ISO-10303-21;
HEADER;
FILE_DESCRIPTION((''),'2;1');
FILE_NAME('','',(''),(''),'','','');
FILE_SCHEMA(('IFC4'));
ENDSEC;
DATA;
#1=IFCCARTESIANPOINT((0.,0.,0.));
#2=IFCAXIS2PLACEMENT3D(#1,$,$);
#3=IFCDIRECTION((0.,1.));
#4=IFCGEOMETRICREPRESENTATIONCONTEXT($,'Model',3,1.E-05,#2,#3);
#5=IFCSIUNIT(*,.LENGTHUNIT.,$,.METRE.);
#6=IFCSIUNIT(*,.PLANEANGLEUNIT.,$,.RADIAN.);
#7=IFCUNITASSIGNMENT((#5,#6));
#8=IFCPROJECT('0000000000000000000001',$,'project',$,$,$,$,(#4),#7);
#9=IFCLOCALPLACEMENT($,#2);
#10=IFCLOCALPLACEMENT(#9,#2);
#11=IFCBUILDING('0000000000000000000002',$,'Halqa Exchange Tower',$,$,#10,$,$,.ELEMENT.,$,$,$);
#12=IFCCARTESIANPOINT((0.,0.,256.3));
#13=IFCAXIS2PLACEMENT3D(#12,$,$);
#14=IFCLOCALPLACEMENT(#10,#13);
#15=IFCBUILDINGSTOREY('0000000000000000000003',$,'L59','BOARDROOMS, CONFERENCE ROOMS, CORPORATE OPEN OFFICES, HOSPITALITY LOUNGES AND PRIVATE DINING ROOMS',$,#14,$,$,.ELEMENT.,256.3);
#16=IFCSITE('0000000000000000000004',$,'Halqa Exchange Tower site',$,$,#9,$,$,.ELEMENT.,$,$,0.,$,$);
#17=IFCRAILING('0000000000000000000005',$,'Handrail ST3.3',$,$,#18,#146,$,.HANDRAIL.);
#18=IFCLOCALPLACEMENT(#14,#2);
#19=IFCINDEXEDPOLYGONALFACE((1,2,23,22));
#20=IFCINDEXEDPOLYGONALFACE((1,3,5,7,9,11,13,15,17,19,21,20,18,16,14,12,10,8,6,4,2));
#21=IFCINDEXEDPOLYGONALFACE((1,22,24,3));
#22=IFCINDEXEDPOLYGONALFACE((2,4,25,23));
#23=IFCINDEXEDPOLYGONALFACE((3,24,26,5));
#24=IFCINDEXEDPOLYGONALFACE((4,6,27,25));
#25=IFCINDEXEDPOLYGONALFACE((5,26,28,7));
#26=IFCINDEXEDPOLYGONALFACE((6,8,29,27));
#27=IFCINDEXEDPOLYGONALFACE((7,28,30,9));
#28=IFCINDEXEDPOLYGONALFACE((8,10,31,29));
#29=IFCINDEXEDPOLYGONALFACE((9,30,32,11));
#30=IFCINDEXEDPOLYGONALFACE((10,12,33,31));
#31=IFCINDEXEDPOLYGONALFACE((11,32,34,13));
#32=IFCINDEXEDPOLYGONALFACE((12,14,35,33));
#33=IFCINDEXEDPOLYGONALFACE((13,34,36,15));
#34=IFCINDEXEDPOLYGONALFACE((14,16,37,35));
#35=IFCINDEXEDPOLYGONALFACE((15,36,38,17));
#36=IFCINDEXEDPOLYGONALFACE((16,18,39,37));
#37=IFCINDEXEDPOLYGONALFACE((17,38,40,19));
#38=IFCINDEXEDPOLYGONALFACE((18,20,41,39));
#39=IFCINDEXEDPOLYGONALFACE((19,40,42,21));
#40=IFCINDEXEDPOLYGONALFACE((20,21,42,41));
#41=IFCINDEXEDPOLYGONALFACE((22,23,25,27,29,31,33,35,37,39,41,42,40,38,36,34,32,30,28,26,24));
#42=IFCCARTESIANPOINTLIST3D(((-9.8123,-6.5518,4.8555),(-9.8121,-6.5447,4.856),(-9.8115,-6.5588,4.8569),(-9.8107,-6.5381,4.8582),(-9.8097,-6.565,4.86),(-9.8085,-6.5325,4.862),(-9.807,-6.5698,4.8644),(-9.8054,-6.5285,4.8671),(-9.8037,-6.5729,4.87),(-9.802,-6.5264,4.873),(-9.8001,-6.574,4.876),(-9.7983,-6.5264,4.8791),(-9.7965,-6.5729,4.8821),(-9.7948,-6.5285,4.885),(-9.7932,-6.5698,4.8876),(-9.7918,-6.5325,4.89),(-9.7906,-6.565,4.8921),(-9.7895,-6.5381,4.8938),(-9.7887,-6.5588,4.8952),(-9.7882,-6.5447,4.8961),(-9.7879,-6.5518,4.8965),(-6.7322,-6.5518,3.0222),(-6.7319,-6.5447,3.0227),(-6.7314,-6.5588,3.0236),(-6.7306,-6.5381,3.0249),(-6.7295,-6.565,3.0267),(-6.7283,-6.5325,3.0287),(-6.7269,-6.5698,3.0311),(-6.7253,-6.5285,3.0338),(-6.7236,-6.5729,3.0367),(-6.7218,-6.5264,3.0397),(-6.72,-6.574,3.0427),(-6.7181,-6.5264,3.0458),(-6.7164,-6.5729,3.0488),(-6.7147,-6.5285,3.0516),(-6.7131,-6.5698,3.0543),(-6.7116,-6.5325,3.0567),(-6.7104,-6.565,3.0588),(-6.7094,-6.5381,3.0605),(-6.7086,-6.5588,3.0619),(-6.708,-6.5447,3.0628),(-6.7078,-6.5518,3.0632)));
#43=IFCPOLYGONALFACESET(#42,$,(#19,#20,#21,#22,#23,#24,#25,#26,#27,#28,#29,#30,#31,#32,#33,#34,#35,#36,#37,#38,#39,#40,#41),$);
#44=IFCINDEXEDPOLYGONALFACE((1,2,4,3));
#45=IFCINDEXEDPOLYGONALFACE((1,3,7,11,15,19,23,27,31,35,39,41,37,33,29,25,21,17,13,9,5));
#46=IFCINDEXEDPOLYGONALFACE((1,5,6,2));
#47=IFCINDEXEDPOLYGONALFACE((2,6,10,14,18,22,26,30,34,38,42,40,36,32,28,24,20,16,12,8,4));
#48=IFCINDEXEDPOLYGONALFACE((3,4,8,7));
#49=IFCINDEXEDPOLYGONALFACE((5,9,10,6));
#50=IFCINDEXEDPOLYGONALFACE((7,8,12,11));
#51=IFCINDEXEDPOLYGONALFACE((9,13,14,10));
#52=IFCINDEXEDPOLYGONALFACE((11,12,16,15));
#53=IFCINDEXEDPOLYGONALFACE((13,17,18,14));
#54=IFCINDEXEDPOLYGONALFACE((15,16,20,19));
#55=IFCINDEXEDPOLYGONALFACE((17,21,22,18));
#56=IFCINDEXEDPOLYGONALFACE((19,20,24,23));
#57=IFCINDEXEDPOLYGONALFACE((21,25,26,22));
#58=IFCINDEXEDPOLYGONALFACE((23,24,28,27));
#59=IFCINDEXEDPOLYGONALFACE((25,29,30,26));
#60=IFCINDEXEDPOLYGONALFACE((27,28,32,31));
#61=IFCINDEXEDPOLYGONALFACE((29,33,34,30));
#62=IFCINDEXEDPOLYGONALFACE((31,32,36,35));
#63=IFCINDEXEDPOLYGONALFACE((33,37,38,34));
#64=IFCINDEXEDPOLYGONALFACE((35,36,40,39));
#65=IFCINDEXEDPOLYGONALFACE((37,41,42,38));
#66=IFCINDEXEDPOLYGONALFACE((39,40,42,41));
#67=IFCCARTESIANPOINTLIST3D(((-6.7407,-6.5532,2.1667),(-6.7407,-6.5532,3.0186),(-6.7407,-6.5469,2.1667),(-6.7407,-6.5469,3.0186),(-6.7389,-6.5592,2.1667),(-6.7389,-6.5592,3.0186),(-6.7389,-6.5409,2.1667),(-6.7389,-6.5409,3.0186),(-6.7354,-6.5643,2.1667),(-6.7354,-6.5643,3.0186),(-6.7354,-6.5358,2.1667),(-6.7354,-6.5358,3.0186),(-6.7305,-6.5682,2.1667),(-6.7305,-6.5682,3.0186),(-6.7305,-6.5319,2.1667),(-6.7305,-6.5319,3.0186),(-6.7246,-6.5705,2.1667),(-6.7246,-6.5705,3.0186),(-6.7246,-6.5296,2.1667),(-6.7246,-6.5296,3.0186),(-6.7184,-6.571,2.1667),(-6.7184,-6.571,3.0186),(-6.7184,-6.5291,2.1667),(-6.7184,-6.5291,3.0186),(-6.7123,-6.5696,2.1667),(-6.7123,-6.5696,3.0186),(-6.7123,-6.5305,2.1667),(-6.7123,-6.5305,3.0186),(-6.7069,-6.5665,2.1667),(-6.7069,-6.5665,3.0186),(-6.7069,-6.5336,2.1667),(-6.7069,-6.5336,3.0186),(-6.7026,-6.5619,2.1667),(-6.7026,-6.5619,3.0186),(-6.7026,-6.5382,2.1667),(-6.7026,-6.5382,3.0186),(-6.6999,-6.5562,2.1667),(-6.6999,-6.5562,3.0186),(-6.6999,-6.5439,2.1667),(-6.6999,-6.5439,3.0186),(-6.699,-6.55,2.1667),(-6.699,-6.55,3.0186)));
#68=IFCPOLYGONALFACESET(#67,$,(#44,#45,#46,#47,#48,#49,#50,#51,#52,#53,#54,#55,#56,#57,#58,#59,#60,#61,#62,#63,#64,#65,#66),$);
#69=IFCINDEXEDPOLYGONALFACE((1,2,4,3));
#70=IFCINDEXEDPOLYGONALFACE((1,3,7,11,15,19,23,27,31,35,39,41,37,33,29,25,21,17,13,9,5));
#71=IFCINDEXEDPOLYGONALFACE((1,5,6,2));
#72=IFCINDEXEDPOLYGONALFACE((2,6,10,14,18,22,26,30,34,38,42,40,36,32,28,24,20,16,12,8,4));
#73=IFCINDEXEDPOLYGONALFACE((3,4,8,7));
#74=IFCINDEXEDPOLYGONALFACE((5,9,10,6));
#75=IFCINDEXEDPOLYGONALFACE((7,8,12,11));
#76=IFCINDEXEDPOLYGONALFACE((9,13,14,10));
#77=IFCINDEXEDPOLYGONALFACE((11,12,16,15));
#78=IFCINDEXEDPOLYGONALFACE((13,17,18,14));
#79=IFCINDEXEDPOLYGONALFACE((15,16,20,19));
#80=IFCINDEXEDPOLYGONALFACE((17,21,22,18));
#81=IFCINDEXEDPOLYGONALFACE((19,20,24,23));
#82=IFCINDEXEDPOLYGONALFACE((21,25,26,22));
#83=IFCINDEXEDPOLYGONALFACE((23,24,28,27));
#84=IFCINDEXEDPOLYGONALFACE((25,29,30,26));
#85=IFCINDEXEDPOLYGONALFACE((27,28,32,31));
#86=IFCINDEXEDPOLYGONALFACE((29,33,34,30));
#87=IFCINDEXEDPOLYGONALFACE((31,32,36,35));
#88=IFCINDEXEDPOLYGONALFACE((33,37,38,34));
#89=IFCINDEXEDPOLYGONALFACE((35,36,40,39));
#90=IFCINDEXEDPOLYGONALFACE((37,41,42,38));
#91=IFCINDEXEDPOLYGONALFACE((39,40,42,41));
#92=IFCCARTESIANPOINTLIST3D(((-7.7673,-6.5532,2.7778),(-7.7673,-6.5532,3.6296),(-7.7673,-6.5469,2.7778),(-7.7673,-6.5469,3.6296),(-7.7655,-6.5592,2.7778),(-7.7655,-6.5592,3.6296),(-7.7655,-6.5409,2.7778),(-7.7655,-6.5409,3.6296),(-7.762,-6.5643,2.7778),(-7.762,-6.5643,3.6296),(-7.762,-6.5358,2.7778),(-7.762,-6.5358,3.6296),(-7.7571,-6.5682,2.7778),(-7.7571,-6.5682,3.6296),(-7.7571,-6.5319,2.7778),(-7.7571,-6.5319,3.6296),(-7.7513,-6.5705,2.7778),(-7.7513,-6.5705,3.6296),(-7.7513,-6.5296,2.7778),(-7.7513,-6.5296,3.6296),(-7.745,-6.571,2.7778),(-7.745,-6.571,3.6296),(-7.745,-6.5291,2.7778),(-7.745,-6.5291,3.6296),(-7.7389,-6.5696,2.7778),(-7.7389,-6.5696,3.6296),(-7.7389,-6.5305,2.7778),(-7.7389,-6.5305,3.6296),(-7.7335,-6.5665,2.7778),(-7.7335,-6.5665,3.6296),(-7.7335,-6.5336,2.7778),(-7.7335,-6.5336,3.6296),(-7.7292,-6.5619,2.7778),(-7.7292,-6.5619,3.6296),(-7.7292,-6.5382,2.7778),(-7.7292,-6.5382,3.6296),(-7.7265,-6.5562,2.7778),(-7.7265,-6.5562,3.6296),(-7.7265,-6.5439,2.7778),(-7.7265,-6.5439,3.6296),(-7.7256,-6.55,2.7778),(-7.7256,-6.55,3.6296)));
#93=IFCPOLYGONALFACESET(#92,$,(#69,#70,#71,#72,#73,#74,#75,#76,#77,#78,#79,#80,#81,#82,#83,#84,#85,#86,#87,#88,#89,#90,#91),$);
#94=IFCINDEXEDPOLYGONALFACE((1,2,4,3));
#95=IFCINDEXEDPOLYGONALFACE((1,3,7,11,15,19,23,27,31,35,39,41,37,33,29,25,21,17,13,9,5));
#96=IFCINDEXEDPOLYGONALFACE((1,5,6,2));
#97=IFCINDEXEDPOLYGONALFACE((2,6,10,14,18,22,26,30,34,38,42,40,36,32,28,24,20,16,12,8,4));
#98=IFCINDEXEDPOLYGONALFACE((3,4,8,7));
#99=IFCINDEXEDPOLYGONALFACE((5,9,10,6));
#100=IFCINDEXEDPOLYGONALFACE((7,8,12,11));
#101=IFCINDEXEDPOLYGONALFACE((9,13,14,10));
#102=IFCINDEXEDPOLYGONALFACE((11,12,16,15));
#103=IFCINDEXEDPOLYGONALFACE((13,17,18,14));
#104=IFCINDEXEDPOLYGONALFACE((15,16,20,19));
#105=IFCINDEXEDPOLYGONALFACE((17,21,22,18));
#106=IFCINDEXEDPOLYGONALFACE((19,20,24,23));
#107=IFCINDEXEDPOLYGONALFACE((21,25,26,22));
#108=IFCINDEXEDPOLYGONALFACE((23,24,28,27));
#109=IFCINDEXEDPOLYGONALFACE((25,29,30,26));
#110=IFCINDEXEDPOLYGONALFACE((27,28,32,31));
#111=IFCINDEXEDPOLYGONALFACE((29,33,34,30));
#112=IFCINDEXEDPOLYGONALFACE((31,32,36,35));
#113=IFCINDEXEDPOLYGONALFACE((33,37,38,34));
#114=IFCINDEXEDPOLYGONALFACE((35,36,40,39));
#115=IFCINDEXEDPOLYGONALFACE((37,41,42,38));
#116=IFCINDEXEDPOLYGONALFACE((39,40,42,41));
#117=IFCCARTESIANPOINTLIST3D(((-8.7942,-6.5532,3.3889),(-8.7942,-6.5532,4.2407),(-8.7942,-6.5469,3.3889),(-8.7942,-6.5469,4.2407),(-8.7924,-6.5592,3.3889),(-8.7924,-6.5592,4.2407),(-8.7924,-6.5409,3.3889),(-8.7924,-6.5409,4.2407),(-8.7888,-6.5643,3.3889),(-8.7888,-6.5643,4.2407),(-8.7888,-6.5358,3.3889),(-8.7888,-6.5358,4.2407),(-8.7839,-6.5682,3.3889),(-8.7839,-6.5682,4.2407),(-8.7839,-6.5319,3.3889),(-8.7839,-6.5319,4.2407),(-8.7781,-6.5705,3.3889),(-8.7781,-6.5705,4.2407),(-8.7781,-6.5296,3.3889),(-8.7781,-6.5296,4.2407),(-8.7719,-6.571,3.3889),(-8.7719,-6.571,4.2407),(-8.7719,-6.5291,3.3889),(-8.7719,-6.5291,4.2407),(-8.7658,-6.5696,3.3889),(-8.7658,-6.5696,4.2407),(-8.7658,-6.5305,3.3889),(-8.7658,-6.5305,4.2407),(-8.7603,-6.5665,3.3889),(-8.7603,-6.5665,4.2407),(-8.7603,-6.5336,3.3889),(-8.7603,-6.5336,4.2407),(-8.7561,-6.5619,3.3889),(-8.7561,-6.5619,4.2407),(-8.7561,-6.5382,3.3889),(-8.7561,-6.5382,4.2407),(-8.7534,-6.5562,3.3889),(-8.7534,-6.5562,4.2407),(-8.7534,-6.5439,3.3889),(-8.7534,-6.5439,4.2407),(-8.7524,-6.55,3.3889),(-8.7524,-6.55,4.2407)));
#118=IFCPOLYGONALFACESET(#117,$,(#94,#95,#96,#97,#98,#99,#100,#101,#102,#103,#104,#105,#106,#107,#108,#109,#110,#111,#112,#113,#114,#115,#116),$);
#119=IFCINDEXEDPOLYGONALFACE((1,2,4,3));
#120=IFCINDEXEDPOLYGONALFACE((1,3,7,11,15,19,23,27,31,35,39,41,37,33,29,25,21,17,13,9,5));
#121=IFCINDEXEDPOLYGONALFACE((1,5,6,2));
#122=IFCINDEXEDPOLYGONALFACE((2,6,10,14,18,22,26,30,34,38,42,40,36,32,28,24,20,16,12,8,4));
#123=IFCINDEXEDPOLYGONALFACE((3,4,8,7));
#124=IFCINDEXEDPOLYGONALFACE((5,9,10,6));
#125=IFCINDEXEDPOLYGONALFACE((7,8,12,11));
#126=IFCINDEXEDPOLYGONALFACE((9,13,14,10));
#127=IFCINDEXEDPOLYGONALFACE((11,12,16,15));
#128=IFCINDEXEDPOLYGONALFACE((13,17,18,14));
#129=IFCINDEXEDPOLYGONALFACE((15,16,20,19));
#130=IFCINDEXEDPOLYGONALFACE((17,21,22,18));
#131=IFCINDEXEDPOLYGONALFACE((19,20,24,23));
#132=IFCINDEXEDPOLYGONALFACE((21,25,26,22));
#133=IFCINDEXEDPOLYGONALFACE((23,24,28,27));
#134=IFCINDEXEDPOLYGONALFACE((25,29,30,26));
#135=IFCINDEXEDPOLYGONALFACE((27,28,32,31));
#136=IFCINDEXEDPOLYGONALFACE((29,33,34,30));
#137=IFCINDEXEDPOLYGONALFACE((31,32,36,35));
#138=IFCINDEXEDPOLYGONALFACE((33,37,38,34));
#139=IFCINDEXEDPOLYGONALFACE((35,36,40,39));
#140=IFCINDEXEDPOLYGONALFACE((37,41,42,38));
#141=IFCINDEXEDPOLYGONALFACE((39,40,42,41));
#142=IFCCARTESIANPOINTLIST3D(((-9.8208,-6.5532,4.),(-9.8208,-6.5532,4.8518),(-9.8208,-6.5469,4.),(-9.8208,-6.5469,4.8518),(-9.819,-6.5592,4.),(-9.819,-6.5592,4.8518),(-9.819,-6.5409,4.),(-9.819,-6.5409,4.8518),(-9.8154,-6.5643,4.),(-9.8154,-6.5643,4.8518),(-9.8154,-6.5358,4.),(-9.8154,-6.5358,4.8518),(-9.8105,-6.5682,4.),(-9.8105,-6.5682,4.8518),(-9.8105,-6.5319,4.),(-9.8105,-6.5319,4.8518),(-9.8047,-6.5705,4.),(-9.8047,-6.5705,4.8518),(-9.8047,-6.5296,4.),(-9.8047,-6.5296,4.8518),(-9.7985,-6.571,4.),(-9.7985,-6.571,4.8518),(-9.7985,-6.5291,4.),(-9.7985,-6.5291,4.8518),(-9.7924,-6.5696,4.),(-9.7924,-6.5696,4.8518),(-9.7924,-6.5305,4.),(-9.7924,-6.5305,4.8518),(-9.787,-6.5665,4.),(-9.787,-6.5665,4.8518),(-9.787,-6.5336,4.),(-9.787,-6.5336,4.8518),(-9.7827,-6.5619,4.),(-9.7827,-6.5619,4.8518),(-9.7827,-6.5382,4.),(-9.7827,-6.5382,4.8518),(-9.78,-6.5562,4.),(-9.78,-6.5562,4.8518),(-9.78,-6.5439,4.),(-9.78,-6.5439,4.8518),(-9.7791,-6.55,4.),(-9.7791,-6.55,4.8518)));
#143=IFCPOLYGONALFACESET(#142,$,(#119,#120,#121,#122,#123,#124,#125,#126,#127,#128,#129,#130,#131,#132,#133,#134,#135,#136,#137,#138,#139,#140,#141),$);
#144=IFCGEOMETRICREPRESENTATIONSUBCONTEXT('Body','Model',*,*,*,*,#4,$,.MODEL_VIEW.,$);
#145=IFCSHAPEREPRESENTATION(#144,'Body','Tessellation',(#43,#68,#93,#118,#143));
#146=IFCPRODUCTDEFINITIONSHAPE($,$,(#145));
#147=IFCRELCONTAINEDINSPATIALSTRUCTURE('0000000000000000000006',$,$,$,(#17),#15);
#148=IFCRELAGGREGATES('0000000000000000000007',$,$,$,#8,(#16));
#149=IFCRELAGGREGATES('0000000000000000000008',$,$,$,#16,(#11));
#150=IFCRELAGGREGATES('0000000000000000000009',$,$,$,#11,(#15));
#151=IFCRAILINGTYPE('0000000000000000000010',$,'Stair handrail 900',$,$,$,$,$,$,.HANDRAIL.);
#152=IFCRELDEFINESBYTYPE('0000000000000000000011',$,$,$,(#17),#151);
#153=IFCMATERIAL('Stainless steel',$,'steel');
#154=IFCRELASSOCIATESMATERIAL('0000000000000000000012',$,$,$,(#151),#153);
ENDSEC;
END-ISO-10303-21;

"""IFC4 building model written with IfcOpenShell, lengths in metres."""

from ifc_helpers import new_model, si_unit, direction, frame, origin, origin_2d, place, context, subcontext, project, spatial, circle, extrude, material, type_object, element, save


model = new_model("IFC4")

# Units and contexts
model_context = context("Model", 3, precision=1e-05, world=origin(), true_north=direction((0.0, 1.0)))
body_context = subcontext(model_context, "Body", "Model", "MODEL_VIEW")
ifc_project = project(units=[si_unit("LENGTHUNIT", "METRE"), si_unit("PLANEANGLEUNIT", "RADIAN")], contexts=[model_context])

# Site, building, storey
site_placement = place(None, origin())
site = spatial("IfcSite", under=ifc_project, at=site_placement, Name="Halqa Exchange Tower site", CompositionType="ELEMENT", RefElevation=0.0)
building_placement = place(site_placement, origin())
building = spatial("IfcBuilding", under=site, at=building_placement, Name="Halqa Exchange Tower", CompositionType="ELEMENT")
storey_placement = place(building_placement, frame((0.0, 0.0, 256.3)))
storey = spatial("IfcBuildingStorey", under=building, at=storey_placement, Name="L59", Description="BOARDROOMS, CONFERENCE ROOMS, CORPORATE OPEN OFFICES, HOSPITALITY LOUNGES AND PRIVATE DINING ROOMS", CompositionType="ELEMENT", Elevation=256.3)

# Shared definitions
ifc_material_1 = material(Name="Stainless steel", Category="steel")

# Railing
railing_type_1 = type_object("IfcRailingType", Name="Stair handrail 900", PredefinedType="HANDRAIL", material=ifc_material_1)
railing_1_placement = place(storey_placement, frame((-6.72, -6.55, 2.1667)))
element("IfcRailing", 1, at=railing_1_placement, inside=storey, type_object=railing_type_1, Name="Handrail ST3.3", PredefinedType="HANDRAIL", context=body_context, shape_type="SweptSolid", body=[
    extrude(circle(Radius=0.0239, at=origin_2d()), frame((0.0, 0.0, 0.876), z_axis=(-0.859309, 0.0, 0.511458), x_axis=(0.0, -1.0, 0.0)), (0.0, 0.0, 1.0), 3.5845),
    extrude(circle(Radius=0.021, at=origin_2d()), origin(), (0.0, 0.0, 1.0), 0.8518),
    extrude(circle(Radius=0.021, at=origin_2d()), frame((-1.0266, 0.0, 0.6111)), (0.0, 0.0, 1.0), 0.8518),
    extrude(circle(Radius=0.021, at=origin_2d()), frame((-2.0535, 0.0, 1.2222)), (0.0, 0.0, 1.0), 0.8518),
    extrude(circle(Radius=0.021, at=origin_2d()), frame((-3.0801, 0.0, 1.8333)), (0.0, 0.0, 1.0), 0.8518),
])

save(model, "model.ifc")
